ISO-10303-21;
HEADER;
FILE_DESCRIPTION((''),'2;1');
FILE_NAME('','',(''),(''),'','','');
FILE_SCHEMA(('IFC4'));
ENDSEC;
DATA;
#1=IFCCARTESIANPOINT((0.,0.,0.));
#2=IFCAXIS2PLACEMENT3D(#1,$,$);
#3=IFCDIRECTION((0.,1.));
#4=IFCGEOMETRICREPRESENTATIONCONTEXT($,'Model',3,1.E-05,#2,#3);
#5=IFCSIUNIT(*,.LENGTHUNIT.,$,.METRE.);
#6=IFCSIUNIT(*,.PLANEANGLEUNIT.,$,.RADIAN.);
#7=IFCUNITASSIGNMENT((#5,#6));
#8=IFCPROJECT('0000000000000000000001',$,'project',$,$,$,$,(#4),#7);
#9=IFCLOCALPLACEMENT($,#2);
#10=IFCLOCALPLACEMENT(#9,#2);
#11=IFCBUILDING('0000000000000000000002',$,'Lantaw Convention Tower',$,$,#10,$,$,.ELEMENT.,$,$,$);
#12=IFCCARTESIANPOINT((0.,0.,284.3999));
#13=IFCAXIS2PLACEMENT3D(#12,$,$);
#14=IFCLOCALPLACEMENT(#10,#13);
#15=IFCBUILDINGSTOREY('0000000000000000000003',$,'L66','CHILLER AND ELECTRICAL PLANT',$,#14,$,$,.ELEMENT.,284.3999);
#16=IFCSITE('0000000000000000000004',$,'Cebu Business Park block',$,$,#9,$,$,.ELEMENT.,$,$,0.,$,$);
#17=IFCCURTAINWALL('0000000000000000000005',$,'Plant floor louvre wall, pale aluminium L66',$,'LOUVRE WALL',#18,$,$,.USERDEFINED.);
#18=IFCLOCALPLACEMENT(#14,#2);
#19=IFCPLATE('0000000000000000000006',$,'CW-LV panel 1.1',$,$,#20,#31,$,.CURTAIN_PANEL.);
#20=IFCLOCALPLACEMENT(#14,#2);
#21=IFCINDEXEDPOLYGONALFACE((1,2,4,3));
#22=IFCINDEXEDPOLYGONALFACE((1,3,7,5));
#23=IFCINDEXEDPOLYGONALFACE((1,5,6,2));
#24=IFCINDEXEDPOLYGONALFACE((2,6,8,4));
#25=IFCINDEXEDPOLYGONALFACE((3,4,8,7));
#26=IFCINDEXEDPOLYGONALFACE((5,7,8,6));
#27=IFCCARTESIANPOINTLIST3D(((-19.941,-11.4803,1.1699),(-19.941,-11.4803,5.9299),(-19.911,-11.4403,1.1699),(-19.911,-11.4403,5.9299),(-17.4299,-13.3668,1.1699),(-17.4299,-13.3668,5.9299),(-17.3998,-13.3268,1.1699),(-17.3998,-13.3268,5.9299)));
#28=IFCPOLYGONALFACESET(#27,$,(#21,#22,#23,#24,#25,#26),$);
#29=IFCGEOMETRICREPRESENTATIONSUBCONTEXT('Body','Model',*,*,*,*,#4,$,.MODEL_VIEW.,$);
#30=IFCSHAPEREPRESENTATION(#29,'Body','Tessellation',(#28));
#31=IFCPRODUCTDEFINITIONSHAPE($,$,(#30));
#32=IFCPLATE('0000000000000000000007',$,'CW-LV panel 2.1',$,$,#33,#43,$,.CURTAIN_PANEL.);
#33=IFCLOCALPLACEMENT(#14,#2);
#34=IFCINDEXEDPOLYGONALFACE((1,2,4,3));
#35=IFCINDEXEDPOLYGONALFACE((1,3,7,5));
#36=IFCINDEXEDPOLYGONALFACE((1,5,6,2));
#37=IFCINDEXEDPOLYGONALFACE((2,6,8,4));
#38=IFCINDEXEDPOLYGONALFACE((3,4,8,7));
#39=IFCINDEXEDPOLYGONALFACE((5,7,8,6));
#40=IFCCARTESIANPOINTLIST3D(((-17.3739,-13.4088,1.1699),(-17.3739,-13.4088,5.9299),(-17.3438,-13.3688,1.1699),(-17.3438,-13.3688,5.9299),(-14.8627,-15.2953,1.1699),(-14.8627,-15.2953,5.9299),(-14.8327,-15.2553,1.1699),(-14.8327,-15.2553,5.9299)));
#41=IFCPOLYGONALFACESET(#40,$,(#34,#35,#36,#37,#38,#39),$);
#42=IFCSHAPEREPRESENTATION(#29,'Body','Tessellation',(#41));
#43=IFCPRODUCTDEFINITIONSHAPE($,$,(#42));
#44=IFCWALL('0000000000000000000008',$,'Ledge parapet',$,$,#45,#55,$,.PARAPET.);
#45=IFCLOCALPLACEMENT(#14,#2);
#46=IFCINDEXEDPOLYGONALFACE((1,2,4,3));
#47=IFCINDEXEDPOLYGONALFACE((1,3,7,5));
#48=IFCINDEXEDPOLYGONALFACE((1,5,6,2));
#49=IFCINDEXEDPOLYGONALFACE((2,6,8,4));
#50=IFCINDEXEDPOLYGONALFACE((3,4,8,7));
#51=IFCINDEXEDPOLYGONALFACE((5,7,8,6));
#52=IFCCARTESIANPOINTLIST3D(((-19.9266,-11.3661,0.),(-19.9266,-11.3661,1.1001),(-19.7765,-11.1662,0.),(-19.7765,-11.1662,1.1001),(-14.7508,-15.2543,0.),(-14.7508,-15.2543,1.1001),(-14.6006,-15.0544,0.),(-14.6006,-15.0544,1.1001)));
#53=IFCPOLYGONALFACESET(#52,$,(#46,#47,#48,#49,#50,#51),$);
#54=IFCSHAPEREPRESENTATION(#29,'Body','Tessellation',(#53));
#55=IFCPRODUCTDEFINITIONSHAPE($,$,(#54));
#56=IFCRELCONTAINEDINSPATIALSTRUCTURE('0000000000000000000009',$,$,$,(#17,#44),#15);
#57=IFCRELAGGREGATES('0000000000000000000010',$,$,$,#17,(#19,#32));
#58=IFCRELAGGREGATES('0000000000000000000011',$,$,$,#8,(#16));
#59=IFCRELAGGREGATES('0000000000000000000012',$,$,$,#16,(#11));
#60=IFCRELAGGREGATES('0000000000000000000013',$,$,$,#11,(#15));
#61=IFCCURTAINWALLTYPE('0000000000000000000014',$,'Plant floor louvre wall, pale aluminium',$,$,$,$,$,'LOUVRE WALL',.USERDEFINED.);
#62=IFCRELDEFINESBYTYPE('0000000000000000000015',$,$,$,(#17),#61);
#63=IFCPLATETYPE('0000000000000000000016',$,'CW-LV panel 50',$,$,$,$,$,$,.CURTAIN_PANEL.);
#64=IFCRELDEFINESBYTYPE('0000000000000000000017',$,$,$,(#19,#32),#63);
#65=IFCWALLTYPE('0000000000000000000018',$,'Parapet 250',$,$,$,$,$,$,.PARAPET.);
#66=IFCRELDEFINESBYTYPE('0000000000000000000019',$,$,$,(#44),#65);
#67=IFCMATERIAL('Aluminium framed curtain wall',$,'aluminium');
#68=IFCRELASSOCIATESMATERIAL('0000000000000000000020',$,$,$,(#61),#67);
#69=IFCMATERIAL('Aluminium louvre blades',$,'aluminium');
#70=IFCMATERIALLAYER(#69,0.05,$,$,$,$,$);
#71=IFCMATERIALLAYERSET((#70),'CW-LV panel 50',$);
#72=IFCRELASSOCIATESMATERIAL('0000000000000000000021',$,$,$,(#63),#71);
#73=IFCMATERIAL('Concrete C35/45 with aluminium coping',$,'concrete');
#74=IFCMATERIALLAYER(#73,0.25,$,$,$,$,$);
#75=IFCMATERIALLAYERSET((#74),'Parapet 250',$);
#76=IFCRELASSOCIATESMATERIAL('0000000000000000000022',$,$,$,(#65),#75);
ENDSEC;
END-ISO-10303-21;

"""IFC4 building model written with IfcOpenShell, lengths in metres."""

from ifc_helpers import new_model, si_unit, direction, frame, frame_2d, origin, origin_2d, place, context, subcontext, project, spatial, rectangle, extrude, material, layer, layer_set, type_object, element, aggregate, save


model = new_model("IFC4")

# Units and contexts
model_context = context("Model", 3, precision=1e-05, world=origin(), true_north=direction((0.0, 1.0)))
body_context = subcontext(model_context, "Body", "Model", "MODEL_VIEW")
ifc_project = project(units=[si_unit("LENGTHUNIT", "METRE"), si_unit("PLANEANGLEUNIT", "RADIAN")], contexts=[model_context])

# Site, building, storey
site_placement = place(None, origin())
site = spatial("IfcSite", under=ifc_project, at=site_placement, Name="Cebu Business Park block", CompositionType="ELEMENT", RefElevation=0.0)
building_placement = place(site_placement, origin())
building = spatial("IfcBuilding", under=site, at=building_placement, Name="Lantaw Convention Tower", CompositionType="ELEMENT")
storey_placement = place(building_placement, frame((0.0, 0.0, 284.3999)))
storey = spatial("IfcBuildingStorey", under=building, at=storey_placement, Name="L66", Description="CHILLER AND ELECTRICAL PLANT", CompositionType="ELEMENT", Elevation=284.3999)

# Shared definitions
ifc_material_1 = material(Name="Aluminium framed curtain wall", Category="aluminium")

# Shared definitions
curtain_wall_type_1 = type_object("IfcCurtainWallType", Name="Plant floor louvre wall, pale aluminium", ElementType="LOUVRE WALL", PredefinedType="USERDEFINED", material=ifc_material_1)

# Curtain wall
curtain_wall_1_placement = place(storey_placement, origin())
curtain_wall_1 = element("IfcCurtainWall", 1, at=curtain_wall_1_placement, inside=storey, type_object=curtain_wall_type_1, Name="Plant floor louvre wall, pale aluminium L66", ObjectType="LOUVRE WALL", PredefinedType="USERDEFINED")

# Plates
ifc_material_2 = material(Name="Aluminium louvre blades", Category="aluminium")
ifc_layer_1 = layer(ifc_material_2, 0.05)
ifc_layer_set_1 = layer_set([ifc_layer_1], Name="CW-LV panel 50")
plate_type_1 = type_object("IfcPlateType", Name="CW-LV panel 50", PredefinedType="CURTAIN_PANEL", material=ifc_layer_set_1)
plate_1_placement = place(storey_placement, frame((-18.6704, -12.4036, 1.1699), z_axis=(0.0, 0.0, 1.0), x_axis=(0.799518, -0.600643, 0.0)))
plate_1 = element("IfcPlate", 2, at=plate_1_placement, type_object=plate_type_1, Name="CW-LV panel 1.1", PredefinedType="CURTAIN_PANEL", context=body_context, shape_type="SweptSolid", body=[
    extrude(rectangle(XDim=3.1409, YDim=0.05, at=origin_2d()), origin(), (0.0, 0.0, 1.0), 4.76),
])
plate_2_placement = place(storey_placement, frame((-16.1033, -14.332, 1.1699), z_axis=(0.0, 0.0, 1.0), x_axis=(0.799518, -0.600643, 0.0)))
plate_2 = element("IfcPlate", 3, at=plate_2_placement, type_object=plate_type_1, Name="CW-LV panel 2.1", PredefinedType="CURTAIN_PANEL", context=body_context, shape_type="SweptSolid", body=[
    extrude(rectangle(XDim=3.1409, YDim=0.05, at=origin_2d()), origin(), (0.0, 0.0, 1.0), 4.76),
])
aggregate(curtain_wall_1, [plate_1, plate_2])

# Wall
ifc_material_3 = material(Name="Concrete C35/45 with aluminium coping", Category="concrete")
ifc_layer_2 = layer(ifc_material_3, 0.25)
ifc_layer_set_2 = layer_set([ifc_layer_2], Name="Parapet 250")
wall_type = type_object("IfcWallType", Name="Parapet 250", PredefinedType="PARAPET", material=ifc_layer_set_2)
wall_placement = place(storey_placement, frame((-19.8516, -11.2661, 0.0), z_axis=(0.0, 0.0, 1.0), x_axis=(0.799529, -0.600627, 0.0)))
element("IfcWall", 4, at=wall_placement, inside=storey, type_object=wall_type, Name="Ledge parapet", PredefinedType="PARAPET", context=body_context, shape_type="SweptSolid", body=[
    extrude(rectangle(XDim=6.4736, YDim=0.25, at=frame_2d((3.2368, 0.0))), origin(), (0.0, 0.0, 1.0), 1.1001),
])

save(model, "model.ifc")
